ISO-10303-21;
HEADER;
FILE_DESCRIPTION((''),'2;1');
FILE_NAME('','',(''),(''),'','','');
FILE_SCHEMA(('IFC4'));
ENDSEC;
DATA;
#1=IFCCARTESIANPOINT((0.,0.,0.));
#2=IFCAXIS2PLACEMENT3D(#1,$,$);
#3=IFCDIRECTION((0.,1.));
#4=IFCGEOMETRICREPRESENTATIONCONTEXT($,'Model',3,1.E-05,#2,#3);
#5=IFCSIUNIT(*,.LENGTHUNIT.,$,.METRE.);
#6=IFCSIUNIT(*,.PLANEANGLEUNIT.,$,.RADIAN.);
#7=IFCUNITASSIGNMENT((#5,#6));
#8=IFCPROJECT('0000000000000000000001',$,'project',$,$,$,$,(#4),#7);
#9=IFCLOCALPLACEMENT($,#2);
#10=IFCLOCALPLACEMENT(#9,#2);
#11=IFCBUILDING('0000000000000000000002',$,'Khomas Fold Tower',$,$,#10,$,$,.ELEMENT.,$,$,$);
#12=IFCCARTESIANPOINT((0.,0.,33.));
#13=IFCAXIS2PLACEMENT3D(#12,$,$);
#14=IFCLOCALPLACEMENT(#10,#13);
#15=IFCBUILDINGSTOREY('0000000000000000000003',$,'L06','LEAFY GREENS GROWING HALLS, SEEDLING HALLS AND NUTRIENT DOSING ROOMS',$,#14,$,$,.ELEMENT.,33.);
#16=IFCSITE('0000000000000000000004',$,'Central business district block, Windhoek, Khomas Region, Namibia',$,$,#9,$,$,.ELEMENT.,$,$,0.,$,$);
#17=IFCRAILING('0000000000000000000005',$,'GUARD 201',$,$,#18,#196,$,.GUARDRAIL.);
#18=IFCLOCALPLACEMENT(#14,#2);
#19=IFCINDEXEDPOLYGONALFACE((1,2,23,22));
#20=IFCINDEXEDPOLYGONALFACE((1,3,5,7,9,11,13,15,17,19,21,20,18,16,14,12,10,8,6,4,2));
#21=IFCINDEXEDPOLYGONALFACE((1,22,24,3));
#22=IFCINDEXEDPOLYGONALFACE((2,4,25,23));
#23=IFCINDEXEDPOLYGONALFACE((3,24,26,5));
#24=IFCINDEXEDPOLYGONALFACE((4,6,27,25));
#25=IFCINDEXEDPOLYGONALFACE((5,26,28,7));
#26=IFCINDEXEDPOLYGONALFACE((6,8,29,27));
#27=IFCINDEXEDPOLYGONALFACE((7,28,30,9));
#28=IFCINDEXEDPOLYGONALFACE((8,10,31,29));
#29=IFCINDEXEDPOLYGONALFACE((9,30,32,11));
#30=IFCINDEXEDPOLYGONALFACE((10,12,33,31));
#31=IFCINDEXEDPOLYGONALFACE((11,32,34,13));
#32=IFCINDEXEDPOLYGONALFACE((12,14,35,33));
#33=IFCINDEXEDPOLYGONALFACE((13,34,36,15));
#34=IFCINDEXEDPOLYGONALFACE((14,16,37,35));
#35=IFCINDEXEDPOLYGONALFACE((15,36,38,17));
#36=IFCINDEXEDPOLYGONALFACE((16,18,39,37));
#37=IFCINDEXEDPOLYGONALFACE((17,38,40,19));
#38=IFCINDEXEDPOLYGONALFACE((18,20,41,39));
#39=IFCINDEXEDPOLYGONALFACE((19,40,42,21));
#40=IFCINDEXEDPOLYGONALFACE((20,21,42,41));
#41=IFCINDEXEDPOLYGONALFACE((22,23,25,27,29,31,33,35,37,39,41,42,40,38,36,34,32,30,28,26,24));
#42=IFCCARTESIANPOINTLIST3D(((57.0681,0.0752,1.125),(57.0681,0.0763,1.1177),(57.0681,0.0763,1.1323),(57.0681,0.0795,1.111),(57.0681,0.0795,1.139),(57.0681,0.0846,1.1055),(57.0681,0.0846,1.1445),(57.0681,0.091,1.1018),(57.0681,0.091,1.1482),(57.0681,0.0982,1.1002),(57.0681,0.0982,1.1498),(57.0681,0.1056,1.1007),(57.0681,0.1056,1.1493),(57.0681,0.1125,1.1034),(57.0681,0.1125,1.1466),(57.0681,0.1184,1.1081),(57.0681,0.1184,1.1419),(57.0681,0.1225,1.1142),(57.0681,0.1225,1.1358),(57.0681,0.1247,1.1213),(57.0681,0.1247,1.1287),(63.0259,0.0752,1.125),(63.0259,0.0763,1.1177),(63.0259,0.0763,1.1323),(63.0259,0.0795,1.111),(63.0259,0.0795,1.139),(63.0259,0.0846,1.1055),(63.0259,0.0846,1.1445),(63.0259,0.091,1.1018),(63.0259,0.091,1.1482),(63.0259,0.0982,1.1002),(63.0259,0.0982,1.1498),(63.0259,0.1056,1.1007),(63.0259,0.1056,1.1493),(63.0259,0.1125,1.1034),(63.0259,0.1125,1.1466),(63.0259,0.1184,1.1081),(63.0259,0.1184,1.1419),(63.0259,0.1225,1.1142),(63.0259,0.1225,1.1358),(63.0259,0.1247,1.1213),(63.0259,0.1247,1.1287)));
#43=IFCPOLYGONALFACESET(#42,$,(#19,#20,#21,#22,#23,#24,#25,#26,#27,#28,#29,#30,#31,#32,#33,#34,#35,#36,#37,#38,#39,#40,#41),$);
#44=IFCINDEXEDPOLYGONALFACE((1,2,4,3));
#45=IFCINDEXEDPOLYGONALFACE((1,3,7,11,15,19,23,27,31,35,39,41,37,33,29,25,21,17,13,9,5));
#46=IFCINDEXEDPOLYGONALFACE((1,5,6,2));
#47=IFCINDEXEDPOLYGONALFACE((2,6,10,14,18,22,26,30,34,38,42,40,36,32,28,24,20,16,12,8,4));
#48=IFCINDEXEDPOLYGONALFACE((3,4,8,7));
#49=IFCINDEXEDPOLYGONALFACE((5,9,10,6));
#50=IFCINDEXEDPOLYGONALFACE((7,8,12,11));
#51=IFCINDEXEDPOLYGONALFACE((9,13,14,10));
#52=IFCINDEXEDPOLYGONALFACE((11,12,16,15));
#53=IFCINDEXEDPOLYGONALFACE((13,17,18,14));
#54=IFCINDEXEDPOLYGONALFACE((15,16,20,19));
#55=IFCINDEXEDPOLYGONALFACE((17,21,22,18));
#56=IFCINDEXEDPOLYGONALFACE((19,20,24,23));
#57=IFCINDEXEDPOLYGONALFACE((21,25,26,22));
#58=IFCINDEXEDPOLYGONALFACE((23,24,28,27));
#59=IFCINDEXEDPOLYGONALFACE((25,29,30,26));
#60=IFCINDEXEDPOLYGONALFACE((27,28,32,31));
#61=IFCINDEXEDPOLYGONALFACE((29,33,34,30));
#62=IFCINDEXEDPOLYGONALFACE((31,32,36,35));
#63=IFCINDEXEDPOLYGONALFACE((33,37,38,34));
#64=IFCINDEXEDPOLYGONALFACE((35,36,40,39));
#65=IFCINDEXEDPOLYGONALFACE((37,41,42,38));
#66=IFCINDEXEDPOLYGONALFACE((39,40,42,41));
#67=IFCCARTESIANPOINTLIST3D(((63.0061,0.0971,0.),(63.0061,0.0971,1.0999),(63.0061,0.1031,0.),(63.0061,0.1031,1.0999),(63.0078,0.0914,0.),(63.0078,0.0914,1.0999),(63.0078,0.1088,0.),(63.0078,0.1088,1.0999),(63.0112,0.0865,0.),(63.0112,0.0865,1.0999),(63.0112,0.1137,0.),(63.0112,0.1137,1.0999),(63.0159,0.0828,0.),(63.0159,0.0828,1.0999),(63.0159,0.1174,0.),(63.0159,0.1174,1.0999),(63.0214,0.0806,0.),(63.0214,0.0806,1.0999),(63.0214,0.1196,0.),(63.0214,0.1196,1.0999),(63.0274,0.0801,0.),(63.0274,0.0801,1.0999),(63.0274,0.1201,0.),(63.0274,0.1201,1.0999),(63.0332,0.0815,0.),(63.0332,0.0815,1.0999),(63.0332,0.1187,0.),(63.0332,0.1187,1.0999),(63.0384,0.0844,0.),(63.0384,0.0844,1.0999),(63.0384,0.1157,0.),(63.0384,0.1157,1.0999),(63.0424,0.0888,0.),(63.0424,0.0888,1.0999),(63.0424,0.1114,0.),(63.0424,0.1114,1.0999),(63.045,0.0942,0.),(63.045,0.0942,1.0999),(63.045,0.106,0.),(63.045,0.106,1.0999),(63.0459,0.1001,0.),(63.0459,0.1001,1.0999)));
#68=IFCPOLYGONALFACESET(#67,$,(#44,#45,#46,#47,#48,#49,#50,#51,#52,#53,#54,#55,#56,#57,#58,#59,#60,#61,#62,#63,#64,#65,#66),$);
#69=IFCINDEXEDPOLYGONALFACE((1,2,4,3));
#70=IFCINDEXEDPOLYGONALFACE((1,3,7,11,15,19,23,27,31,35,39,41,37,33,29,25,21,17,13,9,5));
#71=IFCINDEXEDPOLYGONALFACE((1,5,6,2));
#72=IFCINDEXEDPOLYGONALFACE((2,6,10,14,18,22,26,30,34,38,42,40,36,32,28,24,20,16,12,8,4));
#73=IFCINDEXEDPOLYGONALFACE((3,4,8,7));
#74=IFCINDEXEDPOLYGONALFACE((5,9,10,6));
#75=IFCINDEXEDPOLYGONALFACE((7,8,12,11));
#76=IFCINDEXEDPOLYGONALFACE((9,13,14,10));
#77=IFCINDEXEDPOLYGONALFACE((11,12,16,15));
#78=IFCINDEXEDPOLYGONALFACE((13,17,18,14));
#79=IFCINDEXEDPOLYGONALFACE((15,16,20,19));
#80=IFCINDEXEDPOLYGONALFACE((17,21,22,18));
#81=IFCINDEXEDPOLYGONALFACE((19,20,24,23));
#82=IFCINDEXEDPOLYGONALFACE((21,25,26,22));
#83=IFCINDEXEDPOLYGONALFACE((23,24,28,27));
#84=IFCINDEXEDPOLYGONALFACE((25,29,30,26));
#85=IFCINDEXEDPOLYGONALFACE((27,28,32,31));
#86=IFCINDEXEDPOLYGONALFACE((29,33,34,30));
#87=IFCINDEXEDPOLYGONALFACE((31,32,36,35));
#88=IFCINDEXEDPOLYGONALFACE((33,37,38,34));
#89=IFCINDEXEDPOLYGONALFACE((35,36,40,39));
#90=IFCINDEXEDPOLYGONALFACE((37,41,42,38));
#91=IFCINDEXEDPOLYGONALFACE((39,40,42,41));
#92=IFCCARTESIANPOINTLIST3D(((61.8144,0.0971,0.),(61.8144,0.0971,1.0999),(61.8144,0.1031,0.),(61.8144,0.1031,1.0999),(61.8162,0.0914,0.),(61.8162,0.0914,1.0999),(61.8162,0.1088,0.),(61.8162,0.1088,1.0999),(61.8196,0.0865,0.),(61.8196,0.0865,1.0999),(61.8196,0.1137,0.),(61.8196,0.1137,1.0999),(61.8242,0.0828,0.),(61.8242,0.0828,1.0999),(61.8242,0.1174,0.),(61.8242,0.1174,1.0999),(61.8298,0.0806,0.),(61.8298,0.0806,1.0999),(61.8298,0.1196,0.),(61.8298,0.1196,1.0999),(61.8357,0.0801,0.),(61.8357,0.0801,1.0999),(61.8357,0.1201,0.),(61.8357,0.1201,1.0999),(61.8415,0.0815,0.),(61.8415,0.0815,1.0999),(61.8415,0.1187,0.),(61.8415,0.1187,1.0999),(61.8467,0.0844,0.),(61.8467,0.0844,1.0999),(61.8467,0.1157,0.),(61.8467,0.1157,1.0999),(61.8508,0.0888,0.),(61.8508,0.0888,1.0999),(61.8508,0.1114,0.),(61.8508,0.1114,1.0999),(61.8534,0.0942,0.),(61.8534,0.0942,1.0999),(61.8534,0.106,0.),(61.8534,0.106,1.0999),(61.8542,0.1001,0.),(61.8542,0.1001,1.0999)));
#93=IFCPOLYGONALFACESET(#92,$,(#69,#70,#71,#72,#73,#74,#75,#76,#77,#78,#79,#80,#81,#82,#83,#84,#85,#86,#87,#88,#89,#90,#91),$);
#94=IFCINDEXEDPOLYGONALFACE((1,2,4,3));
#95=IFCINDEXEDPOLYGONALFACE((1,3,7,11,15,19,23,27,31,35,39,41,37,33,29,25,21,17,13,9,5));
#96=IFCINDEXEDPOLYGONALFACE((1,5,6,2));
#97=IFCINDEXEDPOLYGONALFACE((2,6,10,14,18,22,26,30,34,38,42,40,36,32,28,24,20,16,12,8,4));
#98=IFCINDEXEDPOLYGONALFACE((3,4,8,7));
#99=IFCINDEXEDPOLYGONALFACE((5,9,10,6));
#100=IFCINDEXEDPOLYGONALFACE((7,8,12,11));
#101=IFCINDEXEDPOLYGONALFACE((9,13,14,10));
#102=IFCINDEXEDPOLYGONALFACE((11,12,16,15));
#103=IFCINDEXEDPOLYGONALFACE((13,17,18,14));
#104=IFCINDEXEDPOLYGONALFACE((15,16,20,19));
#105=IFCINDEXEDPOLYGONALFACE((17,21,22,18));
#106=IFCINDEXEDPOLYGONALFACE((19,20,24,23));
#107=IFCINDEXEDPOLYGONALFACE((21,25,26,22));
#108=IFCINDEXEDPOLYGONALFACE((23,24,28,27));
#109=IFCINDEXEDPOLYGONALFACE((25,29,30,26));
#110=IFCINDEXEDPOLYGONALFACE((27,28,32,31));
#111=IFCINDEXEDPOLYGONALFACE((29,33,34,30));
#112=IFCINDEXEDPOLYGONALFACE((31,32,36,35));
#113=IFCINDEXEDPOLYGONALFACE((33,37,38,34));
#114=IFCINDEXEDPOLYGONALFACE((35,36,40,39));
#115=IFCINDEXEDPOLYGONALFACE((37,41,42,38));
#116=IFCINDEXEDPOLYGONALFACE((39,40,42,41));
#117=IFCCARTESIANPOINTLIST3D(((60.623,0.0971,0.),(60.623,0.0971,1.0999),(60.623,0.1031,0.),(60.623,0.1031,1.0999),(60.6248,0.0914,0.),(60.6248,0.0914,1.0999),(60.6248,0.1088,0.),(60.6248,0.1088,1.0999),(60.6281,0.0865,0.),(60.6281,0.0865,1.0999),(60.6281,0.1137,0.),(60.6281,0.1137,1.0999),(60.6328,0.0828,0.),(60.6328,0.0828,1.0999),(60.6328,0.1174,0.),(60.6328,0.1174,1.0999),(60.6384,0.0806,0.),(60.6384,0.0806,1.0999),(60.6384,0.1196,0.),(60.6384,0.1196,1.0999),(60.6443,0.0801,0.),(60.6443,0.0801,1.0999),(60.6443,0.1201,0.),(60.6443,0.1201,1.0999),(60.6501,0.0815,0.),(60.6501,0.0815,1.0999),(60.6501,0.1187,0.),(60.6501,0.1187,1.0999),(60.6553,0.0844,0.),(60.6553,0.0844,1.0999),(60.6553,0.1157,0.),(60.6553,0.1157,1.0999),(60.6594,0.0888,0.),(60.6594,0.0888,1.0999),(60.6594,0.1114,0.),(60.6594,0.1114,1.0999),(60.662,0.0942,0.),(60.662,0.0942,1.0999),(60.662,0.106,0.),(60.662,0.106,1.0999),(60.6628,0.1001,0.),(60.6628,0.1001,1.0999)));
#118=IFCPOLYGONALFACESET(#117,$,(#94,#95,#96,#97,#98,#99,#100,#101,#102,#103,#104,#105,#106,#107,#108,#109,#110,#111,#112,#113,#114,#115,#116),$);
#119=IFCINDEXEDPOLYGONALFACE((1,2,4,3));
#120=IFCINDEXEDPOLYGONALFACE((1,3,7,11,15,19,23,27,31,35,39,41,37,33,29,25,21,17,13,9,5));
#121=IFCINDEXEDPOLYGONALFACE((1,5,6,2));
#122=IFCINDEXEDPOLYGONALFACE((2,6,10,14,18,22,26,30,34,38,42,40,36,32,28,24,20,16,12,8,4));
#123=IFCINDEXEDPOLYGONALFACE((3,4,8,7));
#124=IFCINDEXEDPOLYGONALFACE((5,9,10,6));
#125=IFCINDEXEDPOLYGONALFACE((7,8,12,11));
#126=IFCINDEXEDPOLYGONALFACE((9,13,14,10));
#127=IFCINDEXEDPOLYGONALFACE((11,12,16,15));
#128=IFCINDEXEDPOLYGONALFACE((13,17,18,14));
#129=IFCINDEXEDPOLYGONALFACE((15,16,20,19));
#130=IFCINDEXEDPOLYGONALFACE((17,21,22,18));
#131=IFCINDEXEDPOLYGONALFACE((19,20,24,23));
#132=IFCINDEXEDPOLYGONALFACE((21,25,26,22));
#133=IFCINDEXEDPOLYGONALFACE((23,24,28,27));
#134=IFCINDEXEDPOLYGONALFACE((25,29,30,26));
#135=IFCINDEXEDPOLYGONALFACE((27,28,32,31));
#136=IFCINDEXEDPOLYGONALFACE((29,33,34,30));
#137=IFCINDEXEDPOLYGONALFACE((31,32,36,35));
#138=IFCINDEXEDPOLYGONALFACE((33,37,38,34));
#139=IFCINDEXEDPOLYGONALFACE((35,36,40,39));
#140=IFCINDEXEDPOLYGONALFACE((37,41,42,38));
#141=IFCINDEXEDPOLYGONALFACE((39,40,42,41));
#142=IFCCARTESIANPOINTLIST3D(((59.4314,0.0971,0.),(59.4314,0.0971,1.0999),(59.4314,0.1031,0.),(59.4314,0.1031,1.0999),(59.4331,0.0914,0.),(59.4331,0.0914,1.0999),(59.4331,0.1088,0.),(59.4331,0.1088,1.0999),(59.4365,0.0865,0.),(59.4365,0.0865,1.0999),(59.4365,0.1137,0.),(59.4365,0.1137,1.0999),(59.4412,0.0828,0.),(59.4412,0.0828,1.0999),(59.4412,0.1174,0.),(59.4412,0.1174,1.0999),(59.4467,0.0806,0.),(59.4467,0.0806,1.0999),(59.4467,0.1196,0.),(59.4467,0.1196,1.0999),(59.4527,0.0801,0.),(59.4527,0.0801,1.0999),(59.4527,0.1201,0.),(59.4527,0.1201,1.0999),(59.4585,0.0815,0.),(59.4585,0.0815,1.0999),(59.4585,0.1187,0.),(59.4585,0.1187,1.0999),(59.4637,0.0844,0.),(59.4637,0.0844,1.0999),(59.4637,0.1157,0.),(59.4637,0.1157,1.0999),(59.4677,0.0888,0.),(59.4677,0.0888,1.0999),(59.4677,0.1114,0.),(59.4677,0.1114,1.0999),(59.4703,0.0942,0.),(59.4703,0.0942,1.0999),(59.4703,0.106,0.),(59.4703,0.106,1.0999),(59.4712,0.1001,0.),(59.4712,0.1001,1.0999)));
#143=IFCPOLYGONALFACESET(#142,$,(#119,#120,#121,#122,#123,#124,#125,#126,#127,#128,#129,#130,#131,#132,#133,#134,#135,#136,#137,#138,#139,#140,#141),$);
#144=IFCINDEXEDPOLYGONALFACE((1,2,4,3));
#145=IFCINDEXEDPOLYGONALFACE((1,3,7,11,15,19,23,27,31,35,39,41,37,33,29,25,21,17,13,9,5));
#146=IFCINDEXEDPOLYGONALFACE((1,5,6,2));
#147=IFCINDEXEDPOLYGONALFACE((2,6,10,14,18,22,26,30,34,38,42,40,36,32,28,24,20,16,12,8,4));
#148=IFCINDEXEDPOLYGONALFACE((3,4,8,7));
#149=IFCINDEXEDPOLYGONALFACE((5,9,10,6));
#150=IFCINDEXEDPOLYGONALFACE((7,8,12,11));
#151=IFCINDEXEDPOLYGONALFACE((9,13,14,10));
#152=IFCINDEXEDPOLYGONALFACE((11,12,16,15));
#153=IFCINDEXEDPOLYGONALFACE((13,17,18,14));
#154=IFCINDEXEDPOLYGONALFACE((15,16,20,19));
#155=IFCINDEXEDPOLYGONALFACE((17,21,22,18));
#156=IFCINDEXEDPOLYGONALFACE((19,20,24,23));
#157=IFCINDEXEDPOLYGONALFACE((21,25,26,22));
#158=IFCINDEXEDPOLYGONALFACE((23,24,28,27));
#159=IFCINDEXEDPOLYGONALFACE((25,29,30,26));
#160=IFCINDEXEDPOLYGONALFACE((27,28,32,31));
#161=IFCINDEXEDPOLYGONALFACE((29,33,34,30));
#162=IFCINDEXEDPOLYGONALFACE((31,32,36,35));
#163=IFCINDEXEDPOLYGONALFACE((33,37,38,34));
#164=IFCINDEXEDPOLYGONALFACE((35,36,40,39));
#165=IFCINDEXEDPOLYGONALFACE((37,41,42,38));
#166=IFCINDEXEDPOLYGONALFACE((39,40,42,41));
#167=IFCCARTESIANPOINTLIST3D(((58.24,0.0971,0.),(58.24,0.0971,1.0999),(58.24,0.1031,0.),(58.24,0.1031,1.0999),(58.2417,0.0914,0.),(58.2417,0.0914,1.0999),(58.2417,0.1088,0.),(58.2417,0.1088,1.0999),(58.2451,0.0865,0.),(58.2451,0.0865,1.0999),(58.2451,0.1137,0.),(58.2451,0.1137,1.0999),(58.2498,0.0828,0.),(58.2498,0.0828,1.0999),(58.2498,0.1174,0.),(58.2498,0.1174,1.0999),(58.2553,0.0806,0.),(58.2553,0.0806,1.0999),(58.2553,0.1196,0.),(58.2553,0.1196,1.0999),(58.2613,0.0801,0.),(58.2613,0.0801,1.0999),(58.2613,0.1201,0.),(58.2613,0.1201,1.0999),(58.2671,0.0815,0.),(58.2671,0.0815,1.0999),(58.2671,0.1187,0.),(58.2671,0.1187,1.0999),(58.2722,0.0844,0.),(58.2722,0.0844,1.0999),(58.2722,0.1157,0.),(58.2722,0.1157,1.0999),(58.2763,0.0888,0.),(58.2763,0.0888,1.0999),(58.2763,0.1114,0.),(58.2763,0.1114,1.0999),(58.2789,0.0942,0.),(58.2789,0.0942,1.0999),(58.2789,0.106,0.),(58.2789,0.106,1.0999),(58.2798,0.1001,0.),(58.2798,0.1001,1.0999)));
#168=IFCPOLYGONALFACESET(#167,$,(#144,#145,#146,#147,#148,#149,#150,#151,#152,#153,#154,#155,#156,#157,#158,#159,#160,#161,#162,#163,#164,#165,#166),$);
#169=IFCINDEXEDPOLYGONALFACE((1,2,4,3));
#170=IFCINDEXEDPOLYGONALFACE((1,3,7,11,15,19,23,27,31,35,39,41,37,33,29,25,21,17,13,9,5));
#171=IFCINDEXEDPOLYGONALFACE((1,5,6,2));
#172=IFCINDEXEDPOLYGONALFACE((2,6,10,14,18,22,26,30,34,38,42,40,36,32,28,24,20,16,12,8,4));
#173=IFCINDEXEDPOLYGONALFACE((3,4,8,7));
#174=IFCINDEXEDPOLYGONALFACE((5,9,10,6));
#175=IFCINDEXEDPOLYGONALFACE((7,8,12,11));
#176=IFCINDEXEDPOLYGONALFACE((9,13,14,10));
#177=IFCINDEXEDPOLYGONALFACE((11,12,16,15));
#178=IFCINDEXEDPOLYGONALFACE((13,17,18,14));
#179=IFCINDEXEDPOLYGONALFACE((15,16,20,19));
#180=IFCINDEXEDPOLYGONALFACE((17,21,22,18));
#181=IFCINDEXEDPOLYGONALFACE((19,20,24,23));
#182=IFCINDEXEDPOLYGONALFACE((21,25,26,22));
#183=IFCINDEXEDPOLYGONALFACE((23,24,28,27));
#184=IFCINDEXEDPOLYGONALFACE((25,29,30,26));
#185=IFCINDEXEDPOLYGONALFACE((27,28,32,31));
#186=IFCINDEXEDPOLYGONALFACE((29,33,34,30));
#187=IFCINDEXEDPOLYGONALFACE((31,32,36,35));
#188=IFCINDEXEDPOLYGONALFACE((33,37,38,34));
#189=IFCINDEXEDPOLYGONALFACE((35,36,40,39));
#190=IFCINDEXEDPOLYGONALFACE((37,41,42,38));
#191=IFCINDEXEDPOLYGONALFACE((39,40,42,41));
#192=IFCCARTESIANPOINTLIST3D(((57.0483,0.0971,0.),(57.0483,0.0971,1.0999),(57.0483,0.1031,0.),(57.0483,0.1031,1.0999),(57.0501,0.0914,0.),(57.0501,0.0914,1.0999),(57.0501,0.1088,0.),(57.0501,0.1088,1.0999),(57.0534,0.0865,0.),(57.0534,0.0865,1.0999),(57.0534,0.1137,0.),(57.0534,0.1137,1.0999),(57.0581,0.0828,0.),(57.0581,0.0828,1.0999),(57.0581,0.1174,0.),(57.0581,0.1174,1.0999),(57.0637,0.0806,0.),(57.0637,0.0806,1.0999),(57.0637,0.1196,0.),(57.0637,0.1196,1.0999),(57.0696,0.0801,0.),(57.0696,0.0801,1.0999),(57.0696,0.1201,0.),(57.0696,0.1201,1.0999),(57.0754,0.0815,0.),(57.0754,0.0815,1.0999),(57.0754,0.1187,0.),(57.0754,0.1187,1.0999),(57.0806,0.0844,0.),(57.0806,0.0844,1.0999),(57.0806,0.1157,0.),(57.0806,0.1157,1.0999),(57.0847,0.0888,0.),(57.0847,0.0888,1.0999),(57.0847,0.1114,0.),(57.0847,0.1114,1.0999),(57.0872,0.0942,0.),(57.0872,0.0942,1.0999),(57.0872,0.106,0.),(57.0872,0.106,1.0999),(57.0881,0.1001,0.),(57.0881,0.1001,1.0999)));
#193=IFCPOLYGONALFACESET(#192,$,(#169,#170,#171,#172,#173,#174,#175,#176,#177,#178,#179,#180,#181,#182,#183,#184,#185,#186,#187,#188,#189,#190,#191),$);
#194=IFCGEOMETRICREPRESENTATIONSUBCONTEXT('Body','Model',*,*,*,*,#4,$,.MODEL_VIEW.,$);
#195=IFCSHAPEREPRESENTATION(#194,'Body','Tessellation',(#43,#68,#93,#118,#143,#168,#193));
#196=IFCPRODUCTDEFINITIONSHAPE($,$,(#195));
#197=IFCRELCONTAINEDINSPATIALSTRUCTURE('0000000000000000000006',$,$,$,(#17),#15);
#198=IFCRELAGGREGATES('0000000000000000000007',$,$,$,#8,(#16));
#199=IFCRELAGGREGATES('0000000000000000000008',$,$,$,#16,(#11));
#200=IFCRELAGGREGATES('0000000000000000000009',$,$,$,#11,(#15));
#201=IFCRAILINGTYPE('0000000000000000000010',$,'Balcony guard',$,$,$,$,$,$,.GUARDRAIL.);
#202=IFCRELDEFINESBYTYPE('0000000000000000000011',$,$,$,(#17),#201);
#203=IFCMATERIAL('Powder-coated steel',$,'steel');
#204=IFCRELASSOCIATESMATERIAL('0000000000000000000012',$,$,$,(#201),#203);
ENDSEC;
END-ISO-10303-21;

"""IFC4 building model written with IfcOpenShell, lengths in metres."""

from ifc_helpers import new_model, si_unit, direction, frame, origin, origin_2d, place, context, subcontext, project, spatial, circle, extrude, source, transform, mapped, material, type_object, element, save


model = new_model("IFC4")

# Units and contexts
model_context = context("Model", 3, precision=1e-05, world=origin(), true_north=direction((0.0, 1.0)))
body_context = subcontext(model_context, "Body", "Model", "MODEL_VIEW")
ifc_project = project(units=[si_unit("LENGTHUNIT", "METRE"), si_unit("PLANEANGLEUNIT", "RADIAN")], contexts=[model_context])

# Site, building, storey
site_placement = place(None, origin())
site = spatial("IfcSite", under=ifc_project, at=site_placement, Name="Central business district block, Windhoek, Khomas Region, Namibia", CompositionType="ELEMENT", RefElevation=0.0)
building_placement = place(site_placement, origin())
building = spatial("IfcBuilding", under=site, at=building_placement, Name="Khomas Fold Tower", CompositionType="ELEMENT")
storey_placement = place(building_placement, frame((0.0, 0.0, 33.0)))
storey = spatial("IfcBuildingStorey", under=building, at=storey_placement, Name="L06", Description="LEAFY GREENS GROWING HALLS, SEEDLING HALLS AND NUTRIENT DOSING ROOMS", CompositionType="ELEMENT", Elevation=33.0)

# Railing
ifc_material_1 = material(Name="Powder-coated steel", Category="steel")
railing_type = type_object("IfcRailingType", Name="Balcony guard", PredefinedType="GUARDRAIL", material=ifc_material_1)
shared_shape_1 = source(origin(), body_context, "Body", "SweptSolid", [
    extrude(circle(Radius=0.0249, at=origin_2d()), frame((0.0, 0.0, 1.125), z_axis=(-1.0, 0.0, 0.0), x_axis=(0.0, -1.0, 0.0)), (0.0, 0.0, 1.0), 5.9578),
    extrude(circle(Radius=0.02, at=origin_2d()), origin(), (0.0, 0.0, 1.0), 1.0999),
    extrude(circle(Radius=0.02, at=origin_2d()), frame((-1.1917, 0.0, 0.0)), (0.0, 0.0, 1.0), 1.0999),
    extrude(circle(Radius=0.02, at=origin_2d()), frame((-2.3831, 0.0, 0.0)), (0.0, 0.0, 1.0), 1.0999),
    extrude(circle(Radius=0.02, at=origin_2d()), frame((-3.5747, 0.0, 0.0)), (0.0, 0.0, 1.0), 1.0999),
    extrude(circle(Radius=0.02, at=origin_2d()), frame((-4.7661, 0.0, 0.0)), (0.0, 0.0, 1.0), 1.0999),
    extrude(circle(Radius=0.02, at=origin_2d()), frame((-5.9578, 0.0, 0.0)), (0.0, 0.0, 1.0), 1.0999),
])
railing_1_placement = place(storey_placement, frame((63.0259, 0.1001, 0.0)))
element("IfcRailing", 1, at=railing_1_placement, inside=storey, type_object=railing_type, Name="GUARD 201", PredefinedType="GUARDRAIL", context=body_context, shape_type="MappedRepresentation", body=[
    mapped(shared_shape_1, transform((0.0, 0.0, 0.0))),
])

save(model, "model.ifc")
